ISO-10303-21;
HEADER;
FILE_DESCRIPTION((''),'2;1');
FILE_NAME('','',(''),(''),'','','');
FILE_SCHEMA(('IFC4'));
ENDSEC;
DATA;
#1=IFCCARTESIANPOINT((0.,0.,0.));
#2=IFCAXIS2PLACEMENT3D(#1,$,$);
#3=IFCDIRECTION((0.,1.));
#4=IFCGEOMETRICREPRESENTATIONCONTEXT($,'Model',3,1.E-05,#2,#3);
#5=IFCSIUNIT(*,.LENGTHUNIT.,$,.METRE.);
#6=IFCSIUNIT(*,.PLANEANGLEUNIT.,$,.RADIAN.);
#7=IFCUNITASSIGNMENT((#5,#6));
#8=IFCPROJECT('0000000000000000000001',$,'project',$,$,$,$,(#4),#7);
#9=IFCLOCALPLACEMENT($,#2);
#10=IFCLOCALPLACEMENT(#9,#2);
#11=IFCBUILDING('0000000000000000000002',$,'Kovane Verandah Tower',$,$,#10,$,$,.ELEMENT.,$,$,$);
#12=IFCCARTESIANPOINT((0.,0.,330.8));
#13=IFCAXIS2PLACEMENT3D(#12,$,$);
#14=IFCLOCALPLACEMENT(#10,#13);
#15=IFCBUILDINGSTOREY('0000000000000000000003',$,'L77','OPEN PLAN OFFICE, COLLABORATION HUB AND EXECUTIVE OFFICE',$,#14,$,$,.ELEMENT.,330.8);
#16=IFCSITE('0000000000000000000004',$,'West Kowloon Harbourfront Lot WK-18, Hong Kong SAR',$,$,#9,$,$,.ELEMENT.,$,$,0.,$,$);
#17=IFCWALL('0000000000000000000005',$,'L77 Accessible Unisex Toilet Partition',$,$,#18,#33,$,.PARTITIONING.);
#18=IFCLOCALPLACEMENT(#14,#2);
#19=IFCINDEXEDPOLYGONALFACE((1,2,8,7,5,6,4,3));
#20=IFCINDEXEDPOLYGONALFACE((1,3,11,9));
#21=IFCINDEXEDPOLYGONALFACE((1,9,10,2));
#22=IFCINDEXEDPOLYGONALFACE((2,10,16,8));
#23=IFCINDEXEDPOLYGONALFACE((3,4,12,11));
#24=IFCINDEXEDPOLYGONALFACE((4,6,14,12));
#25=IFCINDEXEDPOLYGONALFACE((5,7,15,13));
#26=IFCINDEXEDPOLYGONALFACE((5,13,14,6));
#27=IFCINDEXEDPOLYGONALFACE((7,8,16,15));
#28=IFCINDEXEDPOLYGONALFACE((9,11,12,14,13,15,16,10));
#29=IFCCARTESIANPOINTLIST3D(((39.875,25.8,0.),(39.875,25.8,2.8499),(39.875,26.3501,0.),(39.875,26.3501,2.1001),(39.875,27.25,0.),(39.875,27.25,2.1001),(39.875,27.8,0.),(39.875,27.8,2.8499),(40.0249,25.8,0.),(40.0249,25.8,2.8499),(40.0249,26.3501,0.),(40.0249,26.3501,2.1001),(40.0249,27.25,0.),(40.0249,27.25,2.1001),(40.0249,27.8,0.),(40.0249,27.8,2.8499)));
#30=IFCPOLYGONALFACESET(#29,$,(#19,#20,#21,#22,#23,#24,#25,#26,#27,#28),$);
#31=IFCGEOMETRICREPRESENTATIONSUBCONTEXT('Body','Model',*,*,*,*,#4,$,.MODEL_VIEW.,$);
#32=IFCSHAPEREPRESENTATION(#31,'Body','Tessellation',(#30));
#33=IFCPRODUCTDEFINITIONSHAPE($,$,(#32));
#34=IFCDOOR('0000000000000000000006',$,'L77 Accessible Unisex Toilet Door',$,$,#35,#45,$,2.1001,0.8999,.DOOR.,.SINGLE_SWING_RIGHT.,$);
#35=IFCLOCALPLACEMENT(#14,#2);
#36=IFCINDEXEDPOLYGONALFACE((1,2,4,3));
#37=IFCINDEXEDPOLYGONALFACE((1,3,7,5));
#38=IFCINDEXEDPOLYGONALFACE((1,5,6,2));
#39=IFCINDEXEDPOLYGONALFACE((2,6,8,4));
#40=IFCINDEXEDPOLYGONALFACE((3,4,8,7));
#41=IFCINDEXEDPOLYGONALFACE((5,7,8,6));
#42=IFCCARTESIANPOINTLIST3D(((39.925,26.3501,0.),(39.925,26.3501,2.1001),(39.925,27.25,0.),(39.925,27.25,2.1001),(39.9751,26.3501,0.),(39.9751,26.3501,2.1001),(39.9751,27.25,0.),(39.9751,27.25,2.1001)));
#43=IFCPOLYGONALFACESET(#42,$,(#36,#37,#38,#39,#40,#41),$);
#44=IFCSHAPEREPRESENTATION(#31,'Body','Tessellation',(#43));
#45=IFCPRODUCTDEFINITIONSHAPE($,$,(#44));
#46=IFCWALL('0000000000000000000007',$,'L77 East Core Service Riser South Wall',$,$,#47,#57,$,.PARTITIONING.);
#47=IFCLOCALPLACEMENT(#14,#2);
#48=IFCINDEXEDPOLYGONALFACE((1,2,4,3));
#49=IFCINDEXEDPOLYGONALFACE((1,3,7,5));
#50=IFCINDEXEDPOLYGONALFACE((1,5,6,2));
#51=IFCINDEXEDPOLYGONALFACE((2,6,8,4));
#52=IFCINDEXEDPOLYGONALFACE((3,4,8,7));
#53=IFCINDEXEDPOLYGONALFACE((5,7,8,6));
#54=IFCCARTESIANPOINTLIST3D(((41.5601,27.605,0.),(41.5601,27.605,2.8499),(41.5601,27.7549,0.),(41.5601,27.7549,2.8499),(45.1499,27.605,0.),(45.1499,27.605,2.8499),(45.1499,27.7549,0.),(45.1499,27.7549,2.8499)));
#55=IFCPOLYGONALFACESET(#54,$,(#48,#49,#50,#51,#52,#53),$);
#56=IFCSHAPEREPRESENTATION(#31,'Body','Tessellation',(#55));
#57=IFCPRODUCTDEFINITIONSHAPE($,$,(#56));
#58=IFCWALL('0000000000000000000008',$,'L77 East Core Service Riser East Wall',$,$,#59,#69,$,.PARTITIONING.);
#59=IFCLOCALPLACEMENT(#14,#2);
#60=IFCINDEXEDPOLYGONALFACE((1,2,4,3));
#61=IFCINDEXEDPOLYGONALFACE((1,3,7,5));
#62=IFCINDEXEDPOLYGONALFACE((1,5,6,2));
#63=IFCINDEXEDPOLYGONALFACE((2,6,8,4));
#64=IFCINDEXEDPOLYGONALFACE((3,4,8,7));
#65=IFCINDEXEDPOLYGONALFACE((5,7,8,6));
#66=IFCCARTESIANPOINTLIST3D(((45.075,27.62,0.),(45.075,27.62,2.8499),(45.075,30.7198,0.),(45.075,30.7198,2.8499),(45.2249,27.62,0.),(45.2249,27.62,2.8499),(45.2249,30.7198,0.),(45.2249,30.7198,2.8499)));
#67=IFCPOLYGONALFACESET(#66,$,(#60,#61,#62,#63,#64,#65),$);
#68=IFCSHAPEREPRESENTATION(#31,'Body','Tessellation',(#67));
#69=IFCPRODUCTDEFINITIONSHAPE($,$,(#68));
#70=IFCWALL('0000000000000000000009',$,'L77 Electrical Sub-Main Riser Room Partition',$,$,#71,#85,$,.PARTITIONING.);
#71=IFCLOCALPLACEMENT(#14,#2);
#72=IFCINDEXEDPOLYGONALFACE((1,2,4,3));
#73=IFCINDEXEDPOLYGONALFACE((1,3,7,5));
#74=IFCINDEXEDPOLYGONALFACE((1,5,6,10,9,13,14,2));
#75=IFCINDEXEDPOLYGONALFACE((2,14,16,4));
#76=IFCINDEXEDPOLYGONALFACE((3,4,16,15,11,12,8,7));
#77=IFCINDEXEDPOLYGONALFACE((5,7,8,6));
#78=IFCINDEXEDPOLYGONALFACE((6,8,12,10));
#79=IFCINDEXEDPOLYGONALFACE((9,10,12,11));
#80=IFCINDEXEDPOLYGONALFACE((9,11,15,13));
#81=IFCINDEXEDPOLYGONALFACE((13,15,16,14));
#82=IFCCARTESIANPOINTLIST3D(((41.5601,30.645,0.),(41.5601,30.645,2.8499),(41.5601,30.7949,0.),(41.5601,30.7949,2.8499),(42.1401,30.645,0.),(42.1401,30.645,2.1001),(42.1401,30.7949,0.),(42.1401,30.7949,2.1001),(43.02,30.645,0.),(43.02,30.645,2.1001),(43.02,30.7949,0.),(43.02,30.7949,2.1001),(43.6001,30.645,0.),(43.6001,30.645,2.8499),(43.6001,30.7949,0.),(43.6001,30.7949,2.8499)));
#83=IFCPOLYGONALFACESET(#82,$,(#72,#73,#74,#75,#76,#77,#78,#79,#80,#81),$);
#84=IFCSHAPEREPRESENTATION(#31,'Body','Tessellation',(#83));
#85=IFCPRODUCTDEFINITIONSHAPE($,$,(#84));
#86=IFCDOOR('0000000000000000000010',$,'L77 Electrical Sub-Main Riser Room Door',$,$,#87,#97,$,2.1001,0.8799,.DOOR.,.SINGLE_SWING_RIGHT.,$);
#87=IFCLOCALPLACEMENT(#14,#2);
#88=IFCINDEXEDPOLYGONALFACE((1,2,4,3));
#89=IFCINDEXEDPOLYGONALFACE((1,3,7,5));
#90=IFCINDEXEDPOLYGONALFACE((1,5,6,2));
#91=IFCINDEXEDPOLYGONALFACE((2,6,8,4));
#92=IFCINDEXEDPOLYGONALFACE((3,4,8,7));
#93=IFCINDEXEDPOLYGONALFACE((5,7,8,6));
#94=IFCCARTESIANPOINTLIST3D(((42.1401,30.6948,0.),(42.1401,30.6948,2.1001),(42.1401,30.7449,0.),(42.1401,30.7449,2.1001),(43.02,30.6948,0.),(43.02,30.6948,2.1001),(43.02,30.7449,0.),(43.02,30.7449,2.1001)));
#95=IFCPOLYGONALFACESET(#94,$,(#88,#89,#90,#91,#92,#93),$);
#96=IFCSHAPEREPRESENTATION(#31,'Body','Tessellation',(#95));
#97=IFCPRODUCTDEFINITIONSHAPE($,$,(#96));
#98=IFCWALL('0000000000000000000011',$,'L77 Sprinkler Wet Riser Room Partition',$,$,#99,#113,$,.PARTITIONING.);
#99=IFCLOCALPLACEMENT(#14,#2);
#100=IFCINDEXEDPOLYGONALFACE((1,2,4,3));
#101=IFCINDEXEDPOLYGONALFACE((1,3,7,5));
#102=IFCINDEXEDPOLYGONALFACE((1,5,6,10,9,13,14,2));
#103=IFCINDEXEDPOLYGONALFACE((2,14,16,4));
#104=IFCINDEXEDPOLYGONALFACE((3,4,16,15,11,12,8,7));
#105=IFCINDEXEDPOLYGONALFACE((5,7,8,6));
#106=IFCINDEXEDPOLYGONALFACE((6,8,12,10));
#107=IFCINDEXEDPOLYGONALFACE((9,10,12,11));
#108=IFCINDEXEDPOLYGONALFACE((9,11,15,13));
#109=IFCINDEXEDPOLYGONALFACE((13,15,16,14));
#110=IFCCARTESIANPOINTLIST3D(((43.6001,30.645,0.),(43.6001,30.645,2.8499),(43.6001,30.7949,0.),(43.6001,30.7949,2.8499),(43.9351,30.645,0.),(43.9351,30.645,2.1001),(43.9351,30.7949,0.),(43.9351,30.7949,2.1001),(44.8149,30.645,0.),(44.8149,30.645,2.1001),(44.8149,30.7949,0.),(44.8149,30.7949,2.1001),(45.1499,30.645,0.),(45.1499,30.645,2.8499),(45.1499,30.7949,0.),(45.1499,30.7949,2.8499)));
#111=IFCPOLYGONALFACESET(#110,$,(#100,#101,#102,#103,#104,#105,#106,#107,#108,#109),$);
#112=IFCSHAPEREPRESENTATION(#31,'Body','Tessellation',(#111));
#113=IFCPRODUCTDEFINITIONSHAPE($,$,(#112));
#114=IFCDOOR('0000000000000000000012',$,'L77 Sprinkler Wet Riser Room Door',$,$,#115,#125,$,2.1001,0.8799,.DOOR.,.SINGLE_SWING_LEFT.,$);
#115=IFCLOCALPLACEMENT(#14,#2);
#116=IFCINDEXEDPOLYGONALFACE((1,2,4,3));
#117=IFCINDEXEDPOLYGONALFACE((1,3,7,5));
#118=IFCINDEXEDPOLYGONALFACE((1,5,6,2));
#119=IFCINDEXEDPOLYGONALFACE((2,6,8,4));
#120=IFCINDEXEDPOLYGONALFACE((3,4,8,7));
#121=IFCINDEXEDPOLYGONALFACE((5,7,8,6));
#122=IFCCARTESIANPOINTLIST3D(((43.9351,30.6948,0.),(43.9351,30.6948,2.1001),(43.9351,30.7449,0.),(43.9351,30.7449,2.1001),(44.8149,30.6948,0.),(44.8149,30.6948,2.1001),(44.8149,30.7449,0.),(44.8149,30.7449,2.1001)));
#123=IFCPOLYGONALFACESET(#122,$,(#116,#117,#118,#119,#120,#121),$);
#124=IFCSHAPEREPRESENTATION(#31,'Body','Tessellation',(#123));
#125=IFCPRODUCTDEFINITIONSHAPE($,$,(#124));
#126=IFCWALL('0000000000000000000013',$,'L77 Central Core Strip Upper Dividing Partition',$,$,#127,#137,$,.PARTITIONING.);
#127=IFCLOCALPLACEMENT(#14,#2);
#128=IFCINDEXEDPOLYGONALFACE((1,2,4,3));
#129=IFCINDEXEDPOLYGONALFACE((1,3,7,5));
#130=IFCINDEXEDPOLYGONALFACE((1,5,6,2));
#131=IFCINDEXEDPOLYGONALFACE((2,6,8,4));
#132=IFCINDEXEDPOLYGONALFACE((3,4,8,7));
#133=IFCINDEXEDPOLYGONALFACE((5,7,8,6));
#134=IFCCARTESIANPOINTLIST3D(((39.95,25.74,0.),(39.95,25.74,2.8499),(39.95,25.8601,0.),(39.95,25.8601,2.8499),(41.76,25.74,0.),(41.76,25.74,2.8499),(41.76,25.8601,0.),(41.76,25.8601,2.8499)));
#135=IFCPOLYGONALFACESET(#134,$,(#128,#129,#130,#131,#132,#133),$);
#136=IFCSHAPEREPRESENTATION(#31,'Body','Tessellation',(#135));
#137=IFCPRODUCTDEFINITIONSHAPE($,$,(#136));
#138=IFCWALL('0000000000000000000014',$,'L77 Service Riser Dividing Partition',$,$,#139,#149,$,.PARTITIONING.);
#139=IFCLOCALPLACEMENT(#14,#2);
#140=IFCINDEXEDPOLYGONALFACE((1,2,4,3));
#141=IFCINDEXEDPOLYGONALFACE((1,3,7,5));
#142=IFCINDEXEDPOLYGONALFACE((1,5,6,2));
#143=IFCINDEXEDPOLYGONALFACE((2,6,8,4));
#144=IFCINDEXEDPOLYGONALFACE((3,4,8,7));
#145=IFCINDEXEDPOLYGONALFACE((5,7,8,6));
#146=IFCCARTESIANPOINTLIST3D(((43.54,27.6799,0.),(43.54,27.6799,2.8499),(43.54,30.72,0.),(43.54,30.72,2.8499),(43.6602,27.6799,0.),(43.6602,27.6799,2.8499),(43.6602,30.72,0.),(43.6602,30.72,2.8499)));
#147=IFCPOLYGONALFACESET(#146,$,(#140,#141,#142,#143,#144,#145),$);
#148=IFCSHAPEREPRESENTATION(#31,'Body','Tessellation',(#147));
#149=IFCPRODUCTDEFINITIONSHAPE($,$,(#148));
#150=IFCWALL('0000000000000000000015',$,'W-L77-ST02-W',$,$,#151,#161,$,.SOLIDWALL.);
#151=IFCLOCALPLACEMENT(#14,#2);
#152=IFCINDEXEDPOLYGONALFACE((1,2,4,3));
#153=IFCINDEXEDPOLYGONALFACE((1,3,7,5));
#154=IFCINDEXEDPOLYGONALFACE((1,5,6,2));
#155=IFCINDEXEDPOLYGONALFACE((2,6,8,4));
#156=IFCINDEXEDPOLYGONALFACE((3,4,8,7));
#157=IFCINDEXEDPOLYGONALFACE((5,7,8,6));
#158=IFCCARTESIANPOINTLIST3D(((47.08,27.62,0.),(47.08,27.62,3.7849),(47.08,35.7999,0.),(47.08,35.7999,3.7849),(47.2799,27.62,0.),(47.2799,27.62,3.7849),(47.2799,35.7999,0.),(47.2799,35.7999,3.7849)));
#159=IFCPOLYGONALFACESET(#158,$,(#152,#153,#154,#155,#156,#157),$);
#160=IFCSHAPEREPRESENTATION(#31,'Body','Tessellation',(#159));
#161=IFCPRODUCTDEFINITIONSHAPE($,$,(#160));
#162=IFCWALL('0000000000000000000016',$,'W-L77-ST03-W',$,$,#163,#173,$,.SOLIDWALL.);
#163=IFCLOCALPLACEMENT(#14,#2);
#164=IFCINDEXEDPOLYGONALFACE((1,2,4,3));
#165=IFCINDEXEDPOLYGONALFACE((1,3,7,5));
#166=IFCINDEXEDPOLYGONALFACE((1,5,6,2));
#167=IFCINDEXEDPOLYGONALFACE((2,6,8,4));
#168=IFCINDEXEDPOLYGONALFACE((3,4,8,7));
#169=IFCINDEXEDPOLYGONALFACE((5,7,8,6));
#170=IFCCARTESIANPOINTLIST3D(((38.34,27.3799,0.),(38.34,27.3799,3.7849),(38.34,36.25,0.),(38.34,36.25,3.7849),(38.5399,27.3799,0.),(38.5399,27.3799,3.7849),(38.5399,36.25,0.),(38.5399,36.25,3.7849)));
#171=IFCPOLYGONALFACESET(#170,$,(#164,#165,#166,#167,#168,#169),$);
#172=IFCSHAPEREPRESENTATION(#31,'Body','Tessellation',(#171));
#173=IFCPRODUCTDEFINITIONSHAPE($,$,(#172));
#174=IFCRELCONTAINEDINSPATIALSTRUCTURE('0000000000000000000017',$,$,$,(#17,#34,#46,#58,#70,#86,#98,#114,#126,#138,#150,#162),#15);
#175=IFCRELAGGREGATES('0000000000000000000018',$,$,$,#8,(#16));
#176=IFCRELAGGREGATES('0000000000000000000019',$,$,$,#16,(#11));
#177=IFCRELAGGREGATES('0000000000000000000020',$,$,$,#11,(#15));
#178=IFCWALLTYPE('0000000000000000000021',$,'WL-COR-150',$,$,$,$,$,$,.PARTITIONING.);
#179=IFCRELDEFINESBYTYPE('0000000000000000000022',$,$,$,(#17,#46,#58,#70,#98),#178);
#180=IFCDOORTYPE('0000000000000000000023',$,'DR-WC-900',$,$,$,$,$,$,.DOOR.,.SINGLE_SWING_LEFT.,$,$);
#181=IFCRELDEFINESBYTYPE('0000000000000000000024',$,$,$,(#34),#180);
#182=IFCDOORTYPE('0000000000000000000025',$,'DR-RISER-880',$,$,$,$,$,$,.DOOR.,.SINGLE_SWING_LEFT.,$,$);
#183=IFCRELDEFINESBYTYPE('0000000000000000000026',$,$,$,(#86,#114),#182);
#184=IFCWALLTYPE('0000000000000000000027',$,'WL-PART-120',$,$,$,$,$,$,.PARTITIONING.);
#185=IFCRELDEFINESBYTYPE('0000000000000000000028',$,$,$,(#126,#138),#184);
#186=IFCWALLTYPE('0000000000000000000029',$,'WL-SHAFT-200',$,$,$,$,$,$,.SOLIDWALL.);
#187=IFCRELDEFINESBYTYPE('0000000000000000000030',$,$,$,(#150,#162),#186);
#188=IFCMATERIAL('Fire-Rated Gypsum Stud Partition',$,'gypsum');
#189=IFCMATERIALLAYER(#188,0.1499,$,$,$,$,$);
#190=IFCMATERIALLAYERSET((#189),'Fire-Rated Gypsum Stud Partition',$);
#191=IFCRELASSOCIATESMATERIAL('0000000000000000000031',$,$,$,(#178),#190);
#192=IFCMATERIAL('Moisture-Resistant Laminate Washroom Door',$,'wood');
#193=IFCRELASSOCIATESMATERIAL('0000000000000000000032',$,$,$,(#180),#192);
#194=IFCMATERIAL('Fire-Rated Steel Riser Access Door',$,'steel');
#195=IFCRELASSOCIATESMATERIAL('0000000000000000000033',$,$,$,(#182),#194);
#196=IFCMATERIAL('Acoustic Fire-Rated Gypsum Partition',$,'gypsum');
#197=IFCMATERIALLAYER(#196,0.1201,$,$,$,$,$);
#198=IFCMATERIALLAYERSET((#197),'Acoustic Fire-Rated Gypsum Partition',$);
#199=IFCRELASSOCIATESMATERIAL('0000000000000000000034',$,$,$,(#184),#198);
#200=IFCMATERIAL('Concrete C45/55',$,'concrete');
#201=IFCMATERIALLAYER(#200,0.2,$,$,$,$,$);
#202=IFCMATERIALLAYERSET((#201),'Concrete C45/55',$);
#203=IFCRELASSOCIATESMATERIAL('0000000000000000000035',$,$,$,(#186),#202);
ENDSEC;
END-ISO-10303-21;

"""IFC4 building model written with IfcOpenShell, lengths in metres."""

from ifc_helpers import new_model, si_unit, direction, frame, frame_2d, origin, place, context, subcontext, project, spatial, rectangle, extrude, material, layer, layer_set, type_object, element, fill, save


model = new_model("IFC4")

# Units and contexts
model_context = context("Model", 3, precision=1e-05, world=origin(), true_north=direction((0.0, 1.0)))
body_context = subcontext(model_context, "Body", "Model", "MODEL_VIEW")
ifc_project = project(units=[si_unit("LENGTHUNIT", "METRE"), si_unit("PLANEANGLEUNIT", "RADIAN")], contexts=[model_context])

# Site, building, storey
site_placement = place(None, origin())
site = spatial("IfcSite", under=ifc_project, at=site_placement, Name="West Kowloon Harbourfront Lot WK-18, Hong Kong SAR", CompositionType="ELEMENT", RefElevation=0.0)
building_placement = place(site_placement, origin())
building = spatial("IfcBuilding", under=site, at=building_placement, Name="Kovane Verandah Tower", CompositionType="ELEMENT")
storey_placement = place(building_placement, frame((0.0, 0.0, 330.8)))
storey = spatial("IfcBuildingStorey", under=building, at=storey_placement, Name="L77", Description="OPEN PLAN OFFICE, COLLABORATION HUB AND EXECUTIVE OFFICE", CompositionType="ELEMENT", Elevation=330.8)

# Wall, opening, door
ifc_material_1 = material(Name="Fire-Rated Gypsum Stud Partition", Category="gypsum")
ifc_layer_1 = layer(ifc_material_1, 0.1499)
ifc_layer_set_1 = layer_set([ifc_layer_1], Name="Fire-Rated Gypsum Stud Partition")
wall_type_1 = type_object("IfcWallType", Name="WL-COR-150", PredefinedType="PARTITIONING", material=ifc_layer_set_1)
wall_1_placement = place(storey_placement, frame((39.95, 25.8, 0.0), z_axis=(0.0, 0.0, 1.0), x_axis=(0.0, 1.0, 0.0)))
wall_1 = element("IfcWall", 1, at=wall_1_placement, inside=storey, type_object=wall_type_1, Name="L77 Accessible Unisex Toilet Partition", PredefinedType="PARTITIONING", context=body_context, shape_type="SweptSolid", body=[
    extrude(rectangle(XDim=2.0, YDim=0.1499, at=frame_2d((1.0, 0.0))), origin(), (0.0, 0.0, 1.0), 2.8499),
])
opening_1_placement = place(wall_1_placement, frame((0.55, 0.0, 0.0)))
opening_1 = element("IfcOpeningElement", 2, at=opening_1_placement, cuts=wall_1, PredefinedType="OPENING", context=body_context, shape_type="SweptSolid", body=[
    extrude(rectangle(XDim=0.8999, YDim=2.1001, at=frame_2d((0.45, 1.05))), frame((0.0, 0.075, 0.0), z_axis=(0.0, -1.0, 0.0), x_axis=(1.0, 0.0, 0.0)), (0.0, 0.0, 1.0), 0.1499),
])
ifc_material_2 = material(Name="Moisture-Resistant Laminate Washroom Door", Category="wood")
door_type_1 = type_object("IfcDoorType", Name="DR-WC-900", OperationType="SINGLE_SWING_LEFT", PredefinedType="DOOR", material=ifc_material_2)
door_1_placement = place(opening_1_placement, origin())
door_1 = element("IfcDoor", 3, at=door_1_placement, inside=storey, type_object=door_type_1, Name="L77 Accessible Unisex Toilet Door", OperationType="SINGLE_SWING_RIGHT", OverallHeight=2.1001, OverallWidth=0.8999, PredefinedType="DOOR", context=body_context, shape_type="SweptSolid", body=[
    extrude(rectangle(XDim=0.8999, YDim=2.1001, at=frame_2d((0.45, 1.05))), frame((0.0, 0.0249, 0.0), z_axis=(0.0, -1.0, 0.0), x_axis=(1.0, 0.0, 0.0)), (0.0, 0.0, 1.0), 0.05),
])
fill(opening_1, door_1)

# Walls
wall_2_placement = place(storey_placement, frame((41.5601, 27.6799, 0.0), z_axis=(0.0, 0.0, 1.0), x_axis=(1.0, 0.0, 0.0)))
element("IfcWall", 4, at=wall_2_placement, inside=storey, type_object=wall_type_1, Name="L77 East Core Service Riser South Wall", PredefinedType="PARTITIONING", context=body_context, shape_type="SweptSolid", body=[
    extrude(rectangle(XDim=3.5898, YDim=0.1499, at=frame_2d((1.7949, 0.0))), origin(), (0.0, 0.0, 1.0), 2.8499),
])
wall_3_placement = place(storey_placement, frame((45.1499, 27.6201, 0.0), z_axis=(0.0, 0.0, 1.0), x_axis=(0.0, 1.0, 0.0)))
element("IfcWall", 5, at=wall_3_placement, inside=storey, type_object=wall_type_1, Name="L77 East Core Service Riser East Wall", PredefinedType="PARTITIONING", context=body_context, shape_type="SweptSolid", body=[
    extrude(rectangle(XDim=3.0999, YDim=0.1499, at=frame_2d((1.5498, 0.0))), origin(), (0.0, 0.0, 1.0), 2.8499),
])

# Walls, openings, doors
wall_4_placement = place(storey_placement, frame((41.5601, 30.72, 0.0), z_axis=(0.0, 0.0, 1.0), x_axis=(1.0, 0.0, 0.0)))
wall_4 = element("IfcWall", 6, at=wall_4_placement, inside=storey, type_object=wall_type_1, Name="L77 Electrical Sub-Main Riser Room Partition", PredefinedType="PARTITIONING", context=body_context, shape_type="SweptSolid", body=[
    extrude(rectangle(XDim=2.04, YDim=0.1499, at=frame_2d((1.02, 0.0))), origin(), (0.0, 0.0, 1.0), 2.8499),
])
opening_2_placement = place(wall_4_placement, frame((0.5801, 0.0, 0.0)))
opening_2 = element("IfcOpeningElement", 7, at=opening_2_placement, cuts=wall_4, PredefinedType="OPENING", context=body_context, shape_type="SweptSolid", body=[
    extrude(rectangle(XDim=0.8799, YDim=2.1001, at=frame_2d((0.4399, 1.05))), frame((0.0, 0.075, 0.0), z_axis=(0.0, -1.0, 0.0), x_axis=(1.0, 0.0, 0.0)), (0.0, 0.0, 1.0), 0.1499),
])
ifc_material_3 = material(Name="Fire-Rated Steel Riser Access Door", Category="steel")
door_type_2 = type_object("IfcDoorType", Name="DR-RISER-880", OperationType="SINGLE_SWING_LEFT", PredefinedType="DOOR", material=ifc_material_3)
door_2_placement = place(opening_2_placement, origin())
door_2 = element("IfcDoor", 8, at=door_2_placement, inside=storey, type_object=door_type_2, Name="L77 Electrical Sub-Main Riser Room Door", OperationType="SINGLE_SWING_RIGHT", OverallHeight=2.1001, OverallWidth=0.8799, PredefinedType="DOOR", context=body_context, shape_type="SweptSolid", body=[
    extrude(rectangle(XDim=0.8799, YDim=2.1001, at=frame_2d((0.4399, 1.05))), frame((0.0, 0.0249, 0.0), z_axis=(0.0, -1.0, 0.0), x_axis=(1.0, 0.0, 0.0)), (0.0, 0.0, 1.0), 0.05),
])
fill(opening_2, door_2)
wall_5_placement = place(storey_placement, frame((43.6001, 30.72, 0.0), z_axis=(0.0, 0.0, 1.0), x_axis=(1.0, 0.0, 0.0)))
wall_5 = element("IfcWall", 9, at=wall_5_placement, inside=storey, type_object=wall_type_1, Name="L77 Sprinkler Wet Riser Room Partition", PredefinedType="PARTITIONING", context=body_context, shape_type="SweptSolid", body=[
    extrude(rectangle(XDim=1.5498, YDim=0.1499, at=frame_2d((0.7749, 0.0))), origin(), (0.0, 0.0, 1.0), 2.8499),
])
opening_3_placement = place(wall_5_placement, frame((0.335, 0.0, 0.0)))
opening_3 = element("IfcOpeningElement", 10, at=opening_3_placement, cuts=wall_5, PredefinedType="OPENING", context=body_context, shape_type="SweptSolid", body=[
    extrude(rectangle(XDim=0.8799, YDim=2.1001, at=frame_2d((0.4399, 1.05))), frame((0.0, 0.075, 0.0), z_axis=(0.0, -1.0, 0.0), x_axis=(1.0, 0.0, 0.0)), (0.0, 0.0, 1.0), 0.1499),
])
door_3_placement = place(opening_3_placement, origin())
door_3 = element("IfcDoor", 11, at=door_3_placement, inside=storey, type_object=door_type_2, Name="L77 Sprinkler Wet Riser Room Door", OperationType="SINGLE_SWING_LEFT", OverallHeight=2.1001, OverallWidth=0.8799, PredefinedType="DOOR", context=body_context, shape_type="SweptSolid", body=[
    extrude(rectangle(XDim=0.8799, YDim=2.1001, at=frame_2d((0.4399, 1.05))), frame((0.0, 0.0249, 0.0), z_axis=(0.0, -1.0, 0.0), x_axis=(1.0, 0.0, 0.0)), (0.0, 0.0, 1.0), 0.05),
])
fill(opening_3, door_3)

# Walls
ifc_material_4 = material(Name="Acoustic Fire-Rated Gypsum Partition", Category="gypsum")
ifc_layer_2 = layer(ifc_material_4, 0.1201)
ifc_layer_set_2 = layer_set([ifc_layer_2], Name="Acoustic Fire-Rated Gypsum Partition")
wall_type_2 = type_object("IfcWallType", Name="WL-PART-120", PredefinedType="PARTITIONING", material=ifc_layer_set_2)
wall_6_placement = place(storey_placement, frame((39.95, 25.8, 0.0), z_axis=(0.0, 0.0, 1.0), x_axis=(1.0, 0.0, 0.0)))
element("IfcWall", 12, at=wall_6_placement, inside=storey, type_object=wall_type_2, Name="L77 Central Core Strip Upper Dividing Partition", PredefinedType="PARTITIONING", context=body_context, shape_type="SweptSolid", body=[
    extrude(rectangle(XDim=1.8101, YDim=0.1201, at=frame_2d((0.905, 0.0))), origin(), (0.0, 0.0, 1.0), 2.8499),
])
wall_7_placement = place(storey_placement, frame((43.6001, 27.6799, 0.0), z_axis=(0.0, 0.0, 1.0), x_axis=(0.0, 1.0, 0.0)))
element("IfcWall", 13, at=wall_7_placement, inside=storey, type_object=wall_type_2, Name="L77 Service Riser Dividing Partition", PredefinedType="PARTITIONING", context=body_context, shape_type="SweptSolid", body=[
    extrude(rectangle(XDim=3.04, YDim=0.1201, at=frame_2d((1.52, 0.0))), origin(), (0.0, 0.0, 1.0), 2.8499),
])
ifc_material_5 = material(Name="Concrete C45/55", Category="concrete")
ifc_layer_3 = layer(ifc_material_5, 0.2)
ifc_layer_set_3 = layer_set([ifc_layer_3], Name="Concrete C45/55")
wall_type_3 = type_object("IfcWallType", Name="WL-SHAFT-200", PredefinedType="SOLIDWALL", material=ifc_layer_set_3)
wall_8_placement = place(storey_placement, frame((47.1799, 27.6201, 0.0), z_axis=(0.0, 0.0, 1.0), x_axis=(0.0, 1.0, 0.0)))
element("IfcWall", 14, at=wall_8_placement, inside=storey, type_object=wall_type_3, Name="W-L77-ST02-W", PredefinedType="SOLIDWALL", context=body_context, shape_type="SweptSolid", body=[
    extrude(rectangle(XDim=8.1799, YDim=0.2, at=frame_2d((4.0898, 0.0))), origin(), (0.0, 0.0, 1.0), 3.7849),
])

# Wall
wall_9_placement = place(storey_placement, frame((38.4399, 27.3799, 0.0), z_axis=(0.0, 0.0, 1.0), x_axis=(0.0, 1.0, 0.0)))
element("IfcWall", 15, at=wall_9_placement, inside=storey, type_object=wall_type_3, Name="W-L77-ST03-W", PredefinedType="SOLIDWALL", context=body_context, shape_type="SweptSolid", body=[
    extrude(rectangle(XDim=8.8701, YDim=0.2, at=frame_2d((4.4351, 0.0))), origin(), (0.0, 0.0, 1.0), 3.7849),
])

save(model, "model.ifc")
